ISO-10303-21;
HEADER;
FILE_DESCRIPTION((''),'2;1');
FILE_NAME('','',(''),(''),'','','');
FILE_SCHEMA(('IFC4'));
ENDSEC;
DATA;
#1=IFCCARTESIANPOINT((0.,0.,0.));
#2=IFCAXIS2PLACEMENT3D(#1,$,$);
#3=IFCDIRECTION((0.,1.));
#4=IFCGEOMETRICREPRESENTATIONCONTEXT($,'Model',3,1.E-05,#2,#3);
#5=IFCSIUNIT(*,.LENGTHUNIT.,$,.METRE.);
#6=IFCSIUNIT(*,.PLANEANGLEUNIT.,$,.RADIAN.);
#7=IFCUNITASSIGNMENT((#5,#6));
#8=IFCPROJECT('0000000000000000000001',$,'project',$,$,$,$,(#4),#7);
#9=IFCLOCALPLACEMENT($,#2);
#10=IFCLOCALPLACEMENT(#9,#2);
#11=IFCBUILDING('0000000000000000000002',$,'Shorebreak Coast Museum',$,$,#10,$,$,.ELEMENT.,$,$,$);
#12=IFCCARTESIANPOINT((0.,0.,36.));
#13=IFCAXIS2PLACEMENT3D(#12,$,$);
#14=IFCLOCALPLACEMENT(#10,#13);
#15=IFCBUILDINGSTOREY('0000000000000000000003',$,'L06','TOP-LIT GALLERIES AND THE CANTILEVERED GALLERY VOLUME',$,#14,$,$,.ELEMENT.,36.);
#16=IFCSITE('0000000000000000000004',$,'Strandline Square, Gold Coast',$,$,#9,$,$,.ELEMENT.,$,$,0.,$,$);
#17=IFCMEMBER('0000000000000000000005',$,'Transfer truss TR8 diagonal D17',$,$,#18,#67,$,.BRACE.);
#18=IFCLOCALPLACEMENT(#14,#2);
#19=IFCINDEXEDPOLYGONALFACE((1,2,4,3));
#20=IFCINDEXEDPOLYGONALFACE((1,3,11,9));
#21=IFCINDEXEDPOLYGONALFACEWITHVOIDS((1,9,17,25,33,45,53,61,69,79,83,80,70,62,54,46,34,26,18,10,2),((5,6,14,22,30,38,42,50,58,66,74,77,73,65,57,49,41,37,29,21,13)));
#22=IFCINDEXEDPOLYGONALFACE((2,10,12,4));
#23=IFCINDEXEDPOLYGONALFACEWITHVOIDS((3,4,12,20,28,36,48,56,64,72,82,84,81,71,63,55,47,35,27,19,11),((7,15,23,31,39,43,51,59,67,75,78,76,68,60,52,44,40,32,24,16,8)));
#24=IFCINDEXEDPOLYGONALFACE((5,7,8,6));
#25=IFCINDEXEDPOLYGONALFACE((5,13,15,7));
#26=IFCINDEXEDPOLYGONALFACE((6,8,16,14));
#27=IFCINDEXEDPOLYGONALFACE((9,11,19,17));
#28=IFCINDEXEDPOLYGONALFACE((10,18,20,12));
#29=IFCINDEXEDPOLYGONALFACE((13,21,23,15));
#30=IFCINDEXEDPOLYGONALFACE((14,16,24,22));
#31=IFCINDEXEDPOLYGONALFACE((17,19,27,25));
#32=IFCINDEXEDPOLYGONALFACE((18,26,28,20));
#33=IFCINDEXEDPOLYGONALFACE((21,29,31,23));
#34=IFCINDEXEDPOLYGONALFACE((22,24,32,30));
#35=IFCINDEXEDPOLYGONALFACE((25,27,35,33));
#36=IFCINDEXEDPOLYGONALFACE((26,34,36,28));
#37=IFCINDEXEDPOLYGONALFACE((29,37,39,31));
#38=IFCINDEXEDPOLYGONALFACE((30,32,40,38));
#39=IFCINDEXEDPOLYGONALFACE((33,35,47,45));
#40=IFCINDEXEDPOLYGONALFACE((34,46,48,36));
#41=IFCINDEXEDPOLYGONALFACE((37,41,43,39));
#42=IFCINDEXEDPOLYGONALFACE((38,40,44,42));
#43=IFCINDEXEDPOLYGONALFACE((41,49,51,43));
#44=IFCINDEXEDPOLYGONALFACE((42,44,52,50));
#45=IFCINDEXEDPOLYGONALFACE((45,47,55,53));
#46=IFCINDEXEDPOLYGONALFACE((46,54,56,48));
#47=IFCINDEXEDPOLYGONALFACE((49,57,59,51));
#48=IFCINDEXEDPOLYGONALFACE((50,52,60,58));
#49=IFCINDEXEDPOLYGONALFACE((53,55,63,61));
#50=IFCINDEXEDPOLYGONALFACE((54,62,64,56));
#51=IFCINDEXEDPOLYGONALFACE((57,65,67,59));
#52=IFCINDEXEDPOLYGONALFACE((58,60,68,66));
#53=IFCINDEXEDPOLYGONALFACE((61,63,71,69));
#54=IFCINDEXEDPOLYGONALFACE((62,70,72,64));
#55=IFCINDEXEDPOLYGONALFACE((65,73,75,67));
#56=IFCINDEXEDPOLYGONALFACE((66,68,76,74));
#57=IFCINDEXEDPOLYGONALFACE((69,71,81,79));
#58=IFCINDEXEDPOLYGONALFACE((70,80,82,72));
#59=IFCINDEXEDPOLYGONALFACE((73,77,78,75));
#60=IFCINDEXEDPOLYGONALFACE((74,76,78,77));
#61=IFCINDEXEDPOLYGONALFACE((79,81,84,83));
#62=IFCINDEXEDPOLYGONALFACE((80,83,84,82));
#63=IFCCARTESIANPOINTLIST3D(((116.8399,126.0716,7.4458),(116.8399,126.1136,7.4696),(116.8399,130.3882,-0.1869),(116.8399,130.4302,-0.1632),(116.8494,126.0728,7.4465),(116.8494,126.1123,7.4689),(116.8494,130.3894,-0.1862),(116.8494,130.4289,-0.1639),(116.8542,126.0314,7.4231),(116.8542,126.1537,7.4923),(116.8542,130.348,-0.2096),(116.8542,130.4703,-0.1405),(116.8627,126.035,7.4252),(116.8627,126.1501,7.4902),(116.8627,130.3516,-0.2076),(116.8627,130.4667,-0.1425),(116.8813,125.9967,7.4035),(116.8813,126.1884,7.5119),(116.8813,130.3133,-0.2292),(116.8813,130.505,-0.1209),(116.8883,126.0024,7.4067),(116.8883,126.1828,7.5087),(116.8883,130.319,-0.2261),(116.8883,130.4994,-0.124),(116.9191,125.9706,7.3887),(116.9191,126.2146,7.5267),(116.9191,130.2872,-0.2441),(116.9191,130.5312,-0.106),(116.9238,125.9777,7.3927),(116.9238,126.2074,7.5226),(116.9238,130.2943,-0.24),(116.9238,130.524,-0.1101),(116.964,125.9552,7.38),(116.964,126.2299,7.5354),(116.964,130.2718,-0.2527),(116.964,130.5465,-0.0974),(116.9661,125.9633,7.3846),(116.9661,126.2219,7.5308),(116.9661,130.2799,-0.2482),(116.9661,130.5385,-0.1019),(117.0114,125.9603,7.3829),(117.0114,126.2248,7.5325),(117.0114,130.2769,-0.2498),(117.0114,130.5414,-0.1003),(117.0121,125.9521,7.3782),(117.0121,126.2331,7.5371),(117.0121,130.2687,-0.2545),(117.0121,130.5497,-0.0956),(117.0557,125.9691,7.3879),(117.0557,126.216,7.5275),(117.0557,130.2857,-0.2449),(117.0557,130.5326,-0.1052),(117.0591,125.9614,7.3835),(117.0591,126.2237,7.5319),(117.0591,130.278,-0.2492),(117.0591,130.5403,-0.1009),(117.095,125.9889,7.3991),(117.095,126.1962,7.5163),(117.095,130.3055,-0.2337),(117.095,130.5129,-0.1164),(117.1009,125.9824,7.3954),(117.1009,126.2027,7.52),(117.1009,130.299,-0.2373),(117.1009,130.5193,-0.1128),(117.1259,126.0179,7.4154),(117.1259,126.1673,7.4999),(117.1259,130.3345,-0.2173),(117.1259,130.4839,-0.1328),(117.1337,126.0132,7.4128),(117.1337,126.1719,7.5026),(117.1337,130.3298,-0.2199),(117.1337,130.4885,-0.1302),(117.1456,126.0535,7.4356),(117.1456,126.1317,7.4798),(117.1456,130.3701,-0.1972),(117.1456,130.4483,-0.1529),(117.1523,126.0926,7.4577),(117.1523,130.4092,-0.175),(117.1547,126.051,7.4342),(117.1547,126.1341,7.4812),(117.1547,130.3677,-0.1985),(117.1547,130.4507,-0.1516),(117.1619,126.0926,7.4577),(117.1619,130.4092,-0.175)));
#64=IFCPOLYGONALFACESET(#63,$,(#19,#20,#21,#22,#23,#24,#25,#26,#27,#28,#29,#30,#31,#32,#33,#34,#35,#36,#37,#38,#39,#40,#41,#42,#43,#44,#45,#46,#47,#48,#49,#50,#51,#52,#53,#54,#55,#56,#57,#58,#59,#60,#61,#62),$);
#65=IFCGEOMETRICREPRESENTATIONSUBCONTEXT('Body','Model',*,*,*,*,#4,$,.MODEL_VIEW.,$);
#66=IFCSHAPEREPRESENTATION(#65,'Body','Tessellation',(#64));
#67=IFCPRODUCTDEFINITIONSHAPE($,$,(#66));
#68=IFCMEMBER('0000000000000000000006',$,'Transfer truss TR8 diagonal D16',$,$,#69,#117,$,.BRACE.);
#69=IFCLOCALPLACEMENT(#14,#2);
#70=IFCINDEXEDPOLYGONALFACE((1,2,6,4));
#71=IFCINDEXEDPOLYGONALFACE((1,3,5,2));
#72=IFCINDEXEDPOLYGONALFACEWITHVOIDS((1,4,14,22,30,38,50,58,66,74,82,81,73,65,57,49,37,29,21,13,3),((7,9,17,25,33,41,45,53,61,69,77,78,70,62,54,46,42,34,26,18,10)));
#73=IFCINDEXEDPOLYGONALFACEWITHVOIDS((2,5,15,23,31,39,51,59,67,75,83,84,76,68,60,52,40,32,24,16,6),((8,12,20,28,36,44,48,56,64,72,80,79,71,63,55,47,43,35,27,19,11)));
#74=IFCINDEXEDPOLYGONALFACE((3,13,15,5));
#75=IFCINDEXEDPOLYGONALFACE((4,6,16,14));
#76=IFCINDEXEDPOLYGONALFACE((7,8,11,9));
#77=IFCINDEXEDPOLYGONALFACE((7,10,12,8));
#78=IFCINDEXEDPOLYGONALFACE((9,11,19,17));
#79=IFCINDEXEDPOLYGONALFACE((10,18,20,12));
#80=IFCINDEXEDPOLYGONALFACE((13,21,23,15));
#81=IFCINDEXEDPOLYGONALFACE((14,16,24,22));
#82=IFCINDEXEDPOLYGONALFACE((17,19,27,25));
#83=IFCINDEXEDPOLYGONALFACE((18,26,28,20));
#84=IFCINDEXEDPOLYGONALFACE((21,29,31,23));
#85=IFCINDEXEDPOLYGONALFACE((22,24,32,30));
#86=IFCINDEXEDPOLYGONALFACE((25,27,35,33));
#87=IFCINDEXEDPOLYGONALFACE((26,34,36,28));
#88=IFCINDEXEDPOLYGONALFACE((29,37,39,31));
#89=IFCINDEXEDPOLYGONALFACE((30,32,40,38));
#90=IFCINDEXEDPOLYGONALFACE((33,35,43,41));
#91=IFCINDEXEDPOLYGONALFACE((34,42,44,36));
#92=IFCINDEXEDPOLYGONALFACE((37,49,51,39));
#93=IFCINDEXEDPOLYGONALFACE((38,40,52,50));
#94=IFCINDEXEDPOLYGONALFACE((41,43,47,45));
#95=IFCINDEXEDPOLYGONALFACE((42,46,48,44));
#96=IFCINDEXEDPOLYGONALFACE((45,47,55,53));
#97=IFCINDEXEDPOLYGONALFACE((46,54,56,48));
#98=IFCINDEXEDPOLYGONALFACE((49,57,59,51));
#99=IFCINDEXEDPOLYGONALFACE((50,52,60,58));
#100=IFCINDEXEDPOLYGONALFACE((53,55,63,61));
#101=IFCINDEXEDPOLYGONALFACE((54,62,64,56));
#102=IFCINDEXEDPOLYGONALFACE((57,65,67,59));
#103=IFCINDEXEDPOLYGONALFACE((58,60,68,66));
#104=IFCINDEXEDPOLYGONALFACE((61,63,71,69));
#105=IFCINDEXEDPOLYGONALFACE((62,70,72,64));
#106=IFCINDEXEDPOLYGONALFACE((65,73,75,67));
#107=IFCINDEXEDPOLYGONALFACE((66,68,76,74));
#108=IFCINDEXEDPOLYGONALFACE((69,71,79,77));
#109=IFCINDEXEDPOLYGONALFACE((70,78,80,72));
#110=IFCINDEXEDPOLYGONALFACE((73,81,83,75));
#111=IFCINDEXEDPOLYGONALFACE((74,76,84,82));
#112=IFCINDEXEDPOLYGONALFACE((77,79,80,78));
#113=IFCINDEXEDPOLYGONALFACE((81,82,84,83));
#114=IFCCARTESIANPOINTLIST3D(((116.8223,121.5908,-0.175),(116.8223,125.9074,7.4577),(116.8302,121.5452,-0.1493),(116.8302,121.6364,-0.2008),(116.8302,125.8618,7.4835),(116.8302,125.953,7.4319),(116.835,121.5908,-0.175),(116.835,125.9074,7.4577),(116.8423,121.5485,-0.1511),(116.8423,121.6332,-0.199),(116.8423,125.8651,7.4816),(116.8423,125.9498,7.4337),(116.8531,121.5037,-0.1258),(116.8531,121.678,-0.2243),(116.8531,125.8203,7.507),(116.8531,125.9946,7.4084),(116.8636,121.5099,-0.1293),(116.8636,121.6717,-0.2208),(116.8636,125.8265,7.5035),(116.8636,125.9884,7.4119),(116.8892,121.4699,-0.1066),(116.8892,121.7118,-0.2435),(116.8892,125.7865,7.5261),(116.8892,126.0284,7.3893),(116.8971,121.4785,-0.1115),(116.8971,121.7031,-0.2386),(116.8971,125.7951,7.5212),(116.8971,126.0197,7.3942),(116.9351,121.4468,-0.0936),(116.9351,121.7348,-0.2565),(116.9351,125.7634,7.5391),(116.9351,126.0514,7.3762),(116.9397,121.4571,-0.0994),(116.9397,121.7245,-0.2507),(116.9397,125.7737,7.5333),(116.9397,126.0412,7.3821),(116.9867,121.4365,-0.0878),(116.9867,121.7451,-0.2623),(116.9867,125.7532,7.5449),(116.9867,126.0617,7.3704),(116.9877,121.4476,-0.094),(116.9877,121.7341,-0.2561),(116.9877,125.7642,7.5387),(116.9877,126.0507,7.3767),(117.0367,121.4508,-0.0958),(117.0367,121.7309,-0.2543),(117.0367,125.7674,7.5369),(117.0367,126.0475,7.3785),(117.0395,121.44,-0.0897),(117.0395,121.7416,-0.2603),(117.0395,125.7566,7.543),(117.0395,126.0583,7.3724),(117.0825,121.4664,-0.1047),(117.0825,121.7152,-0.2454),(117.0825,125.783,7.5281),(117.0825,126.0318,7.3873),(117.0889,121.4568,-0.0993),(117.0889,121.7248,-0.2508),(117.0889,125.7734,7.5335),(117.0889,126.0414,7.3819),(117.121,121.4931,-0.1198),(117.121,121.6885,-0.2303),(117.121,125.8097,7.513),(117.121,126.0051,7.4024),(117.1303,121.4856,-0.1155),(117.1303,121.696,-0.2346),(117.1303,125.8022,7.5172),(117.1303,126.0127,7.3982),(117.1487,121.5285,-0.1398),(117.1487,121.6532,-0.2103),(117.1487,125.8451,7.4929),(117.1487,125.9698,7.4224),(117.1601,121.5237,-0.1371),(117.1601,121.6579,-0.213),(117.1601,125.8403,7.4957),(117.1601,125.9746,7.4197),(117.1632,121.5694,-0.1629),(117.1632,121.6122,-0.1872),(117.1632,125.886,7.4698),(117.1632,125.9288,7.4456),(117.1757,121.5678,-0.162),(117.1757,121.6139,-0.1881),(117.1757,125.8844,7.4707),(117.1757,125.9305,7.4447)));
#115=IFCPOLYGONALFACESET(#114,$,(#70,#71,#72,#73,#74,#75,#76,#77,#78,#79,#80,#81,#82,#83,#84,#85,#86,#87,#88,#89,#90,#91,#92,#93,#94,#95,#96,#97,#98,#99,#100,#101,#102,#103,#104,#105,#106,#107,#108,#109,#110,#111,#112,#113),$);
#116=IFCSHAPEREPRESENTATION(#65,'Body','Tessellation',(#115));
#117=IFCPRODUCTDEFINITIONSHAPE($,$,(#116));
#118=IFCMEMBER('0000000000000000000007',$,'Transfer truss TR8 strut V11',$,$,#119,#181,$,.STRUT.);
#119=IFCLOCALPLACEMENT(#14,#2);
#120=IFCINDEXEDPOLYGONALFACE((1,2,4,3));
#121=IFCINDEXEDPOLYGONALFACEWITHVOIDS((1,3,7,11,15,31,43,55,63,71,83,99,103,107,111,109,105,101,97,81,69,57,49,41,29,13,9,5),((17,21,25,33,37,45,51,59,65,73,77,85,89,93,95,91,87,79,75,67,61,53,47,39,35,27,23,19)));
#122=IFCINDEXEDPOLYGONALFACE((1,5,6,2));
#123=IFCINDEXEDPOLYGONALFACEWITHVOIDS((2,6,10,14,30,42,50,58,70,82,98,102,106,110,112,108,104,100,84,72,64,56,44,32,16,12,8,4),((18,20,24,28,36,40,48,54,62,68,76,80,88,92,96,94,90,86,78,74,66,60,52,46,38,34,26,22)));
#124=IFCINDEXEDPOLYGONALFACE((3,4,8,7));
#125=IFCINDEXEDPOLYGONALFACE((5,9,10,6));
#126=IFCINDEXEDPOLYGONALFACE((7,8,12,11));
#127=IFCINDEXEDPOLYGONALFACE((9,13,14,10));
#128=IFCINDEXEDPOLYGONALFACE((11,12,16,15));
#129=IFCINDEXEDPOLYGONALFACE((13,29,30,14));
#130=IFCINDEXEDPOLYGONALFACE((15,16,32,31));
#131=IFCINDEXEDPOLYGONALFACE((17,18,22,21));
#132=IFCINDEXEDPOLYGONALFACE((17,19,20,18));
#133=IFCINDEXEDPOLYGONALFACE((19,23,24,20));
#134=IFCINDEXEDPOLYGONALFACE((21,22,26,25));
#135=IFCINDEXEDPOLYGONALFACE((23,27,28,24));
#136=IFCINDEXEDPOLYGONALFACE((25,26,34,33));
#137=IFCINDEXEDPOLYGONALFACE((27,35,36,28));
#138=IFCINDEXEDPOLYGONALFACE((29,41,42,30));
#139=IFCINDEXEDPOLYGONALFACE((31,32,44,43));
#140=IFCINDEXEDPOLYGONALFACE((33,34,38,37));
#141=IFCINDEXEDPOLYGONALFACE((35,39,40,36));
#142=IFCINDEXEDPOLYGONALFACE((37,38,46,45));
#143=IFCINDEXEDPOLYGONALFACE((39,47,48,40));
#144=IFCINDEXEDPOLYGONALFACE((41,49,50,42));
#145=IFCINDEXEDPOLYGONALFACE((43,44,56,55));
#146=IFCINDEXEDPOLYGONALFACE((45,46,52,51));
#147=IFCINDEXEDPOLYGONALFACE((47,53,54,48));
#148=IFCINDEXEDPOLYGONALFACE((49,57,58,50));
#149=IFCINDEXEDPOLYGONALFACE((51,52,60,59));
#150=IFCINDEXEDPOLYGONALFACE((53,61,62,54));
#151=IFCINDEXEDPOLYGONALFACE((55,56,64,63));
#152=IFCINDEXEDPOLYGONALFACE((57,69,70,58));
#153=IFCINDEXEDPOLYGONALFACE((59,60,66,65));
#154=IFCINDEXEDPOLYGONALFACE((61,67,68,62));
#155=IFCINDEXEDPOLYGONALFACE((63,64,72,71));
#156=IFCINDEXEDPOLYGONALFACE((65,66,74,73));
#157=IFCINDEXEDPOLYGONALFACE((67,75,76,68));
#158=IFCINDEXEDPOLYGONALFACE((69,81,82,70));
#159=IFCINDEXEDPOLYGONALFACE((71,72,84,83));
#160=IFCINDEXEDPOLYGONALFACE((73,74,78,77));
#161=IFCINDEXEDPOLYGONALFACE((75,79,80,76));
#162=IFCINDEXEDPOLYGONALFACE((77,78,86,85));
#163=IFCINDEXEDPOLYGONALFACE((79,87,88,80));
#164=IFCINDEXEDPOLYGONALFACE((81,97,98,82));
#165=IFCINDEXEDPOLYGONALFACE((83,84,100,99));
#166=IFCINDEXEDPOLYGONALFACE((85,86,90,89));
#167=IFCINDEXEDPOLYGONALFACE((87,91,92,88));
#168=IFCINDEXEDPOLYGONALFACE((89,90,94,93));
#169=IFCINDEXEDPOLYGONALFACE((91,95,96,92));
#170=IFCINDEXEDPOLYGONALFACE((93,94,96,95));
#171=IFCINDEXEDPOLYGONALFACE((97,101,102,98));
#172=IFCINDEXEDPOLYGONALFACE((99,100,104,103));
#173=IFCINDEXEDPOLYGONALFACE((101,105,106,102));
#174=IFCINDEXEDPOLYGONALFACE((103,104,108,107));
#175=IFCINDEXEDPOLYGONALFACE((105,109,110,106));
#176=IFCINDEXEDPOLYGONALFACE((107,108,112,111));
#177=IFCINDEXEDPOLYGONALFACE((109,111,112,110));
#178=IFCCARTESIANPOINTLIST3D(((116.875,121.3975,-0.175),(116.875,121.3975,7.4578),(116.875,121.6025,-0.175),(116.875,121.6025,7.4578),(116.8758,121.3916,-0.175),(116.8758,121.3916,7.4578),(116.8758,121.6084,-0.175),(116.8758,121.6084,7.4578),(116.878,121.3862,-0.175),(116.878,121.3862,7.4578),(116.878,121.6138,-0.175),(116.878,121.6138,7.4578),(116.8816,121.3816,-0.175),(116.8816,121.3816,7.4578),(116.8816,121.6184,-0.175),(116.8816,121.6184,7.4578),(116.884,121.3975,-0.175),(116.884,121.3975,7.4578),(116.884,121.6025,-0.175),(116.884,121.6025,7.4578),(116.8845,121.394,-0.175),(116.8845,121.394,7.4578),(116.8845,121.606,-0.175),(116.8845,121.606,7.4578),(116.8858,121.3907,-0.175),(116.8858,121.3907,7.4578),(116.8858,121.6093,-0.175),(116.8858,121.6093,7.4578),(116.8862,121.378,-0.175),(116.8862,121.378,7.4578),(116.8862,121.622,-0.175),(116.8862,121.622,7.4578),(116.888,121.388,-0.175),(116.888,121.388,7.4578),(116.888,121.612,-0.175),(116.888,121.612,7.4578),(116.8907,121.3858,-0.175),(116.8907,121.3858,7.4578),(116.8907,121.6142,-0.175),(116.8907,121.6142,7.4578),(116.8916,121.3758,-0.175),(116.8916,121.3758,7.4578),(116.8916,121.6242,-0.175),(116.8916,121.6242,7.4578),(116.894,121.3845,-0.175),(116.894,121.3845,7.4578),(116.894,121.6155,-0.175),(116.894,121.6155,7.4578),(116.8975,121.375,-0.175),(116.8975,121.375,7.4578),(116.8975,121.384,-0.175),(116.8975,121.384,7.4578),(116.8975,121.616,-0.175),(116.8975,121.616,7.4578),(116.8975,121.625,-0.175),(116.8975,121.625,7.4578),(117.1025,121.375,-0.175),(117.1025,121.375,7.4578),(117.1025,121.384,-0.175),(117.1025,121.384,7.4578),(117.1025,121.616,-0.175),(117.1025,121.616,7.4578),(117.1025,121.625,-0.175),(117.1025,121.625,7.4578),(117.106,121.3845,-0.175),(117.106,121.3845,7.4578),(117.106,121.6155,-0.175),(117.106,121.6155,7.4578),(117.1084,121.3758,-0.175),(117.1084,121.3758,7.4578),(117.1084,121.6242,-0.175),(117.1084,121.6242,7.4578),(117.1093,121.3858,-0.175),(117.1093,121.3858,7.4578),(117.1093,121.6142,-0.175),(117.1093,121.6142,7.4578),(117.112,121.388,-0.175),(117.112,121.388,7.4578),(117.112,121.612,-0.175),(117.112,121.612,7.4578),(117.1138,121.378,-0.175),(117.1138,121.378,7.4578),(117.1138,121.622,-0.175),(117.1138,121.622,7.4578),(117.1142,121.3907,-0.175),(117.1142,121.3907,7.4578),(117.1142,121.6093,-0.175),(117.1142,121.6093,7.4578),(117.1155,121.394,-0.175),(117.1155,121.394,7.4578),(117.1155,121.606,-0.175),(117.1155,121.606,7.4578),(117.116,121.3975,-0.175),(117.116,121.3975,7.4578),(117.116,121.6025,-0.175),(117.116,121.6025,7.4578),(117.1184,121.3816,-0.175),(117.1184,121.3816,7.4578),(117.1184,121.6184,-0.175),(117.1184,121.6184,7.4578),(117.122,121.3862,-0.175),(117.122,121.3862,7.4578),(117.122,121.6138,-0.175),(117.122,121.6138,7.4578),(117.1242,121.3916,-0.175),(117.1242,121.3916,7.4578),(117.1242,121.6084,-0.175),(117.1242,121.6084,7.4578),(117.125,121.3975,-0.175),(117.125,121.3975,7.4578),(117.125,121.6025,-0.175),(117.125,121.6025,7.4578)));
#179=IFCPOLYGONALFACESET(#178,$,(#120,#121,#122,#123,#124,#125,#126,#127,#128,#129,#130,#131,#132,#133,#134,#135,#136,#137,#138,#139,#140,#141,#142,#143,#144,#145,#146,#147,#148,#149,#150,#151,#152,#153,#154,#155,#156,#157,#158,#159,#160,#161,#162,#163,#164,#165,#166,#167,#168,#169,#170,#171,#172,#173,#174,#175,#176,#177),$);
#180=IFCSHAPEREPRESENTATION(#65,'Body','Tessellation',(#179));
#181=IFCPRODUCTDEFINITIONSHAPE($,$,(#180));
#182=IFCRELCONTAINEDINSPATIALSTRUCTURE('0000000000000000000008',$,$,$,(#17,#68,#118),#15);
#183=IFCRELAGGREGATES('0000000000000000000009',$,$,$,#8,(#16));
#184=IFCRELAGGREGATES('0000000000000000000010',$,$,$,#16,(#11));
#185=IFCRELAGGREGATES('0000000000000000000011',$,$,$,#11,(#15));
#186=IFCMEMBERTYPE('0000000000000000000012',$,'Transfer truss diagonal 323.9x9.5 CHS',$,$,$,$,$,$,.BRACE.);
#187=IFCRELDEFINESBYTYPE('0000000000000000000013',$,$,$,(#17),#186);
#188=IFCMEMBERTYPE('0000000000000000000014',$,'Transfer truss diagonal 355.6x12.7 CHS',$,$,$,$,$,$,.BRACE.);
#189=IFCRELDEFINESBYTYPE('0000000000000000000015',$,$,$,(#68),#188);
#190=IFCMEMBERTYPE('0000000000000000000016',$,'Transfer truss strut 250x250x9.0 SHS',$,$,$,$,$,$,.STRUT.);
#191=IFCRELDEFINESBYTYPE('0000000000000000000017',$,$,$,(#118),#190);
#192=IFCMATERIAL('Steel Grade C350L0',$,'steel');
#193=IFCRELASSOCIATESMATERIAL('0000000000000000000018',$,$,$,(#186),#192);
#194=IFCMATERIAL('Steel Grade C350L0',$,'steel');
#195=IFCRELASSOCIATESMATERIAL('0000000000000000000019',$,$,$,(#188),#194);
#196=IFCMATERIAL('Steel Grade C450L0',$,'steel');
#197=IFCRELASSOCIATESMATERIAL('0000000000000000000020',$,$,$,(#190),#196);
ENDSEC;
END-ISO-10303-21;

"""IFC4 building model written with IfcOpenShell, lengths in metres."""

from ifc_helpers import new_model, si_unit, direction, frame, origin, origin_2d, place, context, subcontext, project, spatial, hollow_rectangle, hollow_circle, extrude, material, material_profile, profile_set, type_object, element, save


model = new_model("IFC4")

# Units and contexts
model_context = context("Model", 3, precision=1e-05, world=origin(), true_north=direction((0.0, 1.0)))
body_context = subcontext(model_context, "Body", "Model", "MODEL_VIEW")
ifc_project = project(units=[si_unit("LENGTHUNIT", "METRE"), si_unit("PLANEANGLEUNIT", "RADIAN")], contexts=[model_context])

# Site, building, storey
site_placement = place(None, origin())
site = spatial("IfcSite", under=ifc_project, at=site_placement, Name="Strandline Square, Gold Coast", CompositionType="ELEMENT", RefElevation=0.0)
building_placement = place(site_placement, origin())
building = spatial("IfcBuilding", under=site, at=building_placement, Name="Shorebreak Coast Museum", CompositionType="ELEMENT")
storey_placement = place(building_placement, frame((0.0, 0.0, 36.0)))
storey = spatial("IfcBuildingStorey", under=building, at=storey_placement, Name="L06", Description="TOP-LIT GALLERIES AND THE CANTILEVERED GALLERY VOLUME", CompositionType="ELEMENT", Elevation=36.0)

# Members
ifc_material_1 = material(Name="Steel Grade C350L0", Category="steel")
ifc_material_profile_1 = material_profile(ifc_material_1, hollow_circle(Radius=0.1619, WallThickness=0.0095, at=origin_2d()), Name="323.9x9.5 CHS")
ifc_profile_set_1 = profile_set([ifc_material_profile_1], Name="Steel Grade C350L0")
member_type_1 = type_object("IfcMemberType", Name="Transfer truss diagonal 323.9x9.5 CHS", PredefinedType="BRACE", material=ifc_profile_set_1)
member_1_placement = place(storey_placement, frame((117.0, 130.4092, -0.175), z_axis=(0.0, -0.492269, 0.870443), x_axis=(1.0, 0.0, 0.0)))
element("IfcMember", 1, at=member_1_placement, inside=storey, type_object=member_type_1, Name="Transfer truss TR8 diagonal D17", PredefinedType="BRACE", context=body_context, shape_type="SweptSolid", body=[
    extrude(hollow_circle(Radius=0.1619, WallThickness=0.0095, at=origin_2d()), origin(), (0.0, 0.0, 1.0), 8.7688),
])
ifc_material_2 = material(Name="Steel Grade C350L0", Category="steel")
ifc_material_profile_2 = material_profile(ifc_material_2, hollow_circle(Radius=0.1777, WallThickness=0.0127, at=origin_2d()), Name="355.6x12.7 CHS")
ifc_profile_set_2 = profile_set([ifc_material_profile_2], Name="Steel Grade C350L0")
member_type_2 = type_object("IfcMemberType", Name="Transfer truss diagonal 355.6x12.7 CHS", PredefinedType="BRACE", material=ifc_profile_set_2)
member_2_placement = place(storey_placement, frame((117.0, 121.5908, -0.175), z_axis=(0.0, 0.492269, 0.870443), x_axis=(-1.0, 0.0, 0.0)))
element("IfcMember", 2, at=member_2_placement, inside=storey, type_object=member_type_2, Name="Transfer truss TR8 diagonal D16", PredefinedType="BRACE", context=body_context, shape_type="SweptSolid", body=[
    extrude(hollow_circle(Radius=0.1777, WallThickness=0.0127, at=origin_2d()), origin(), (0.0, 0.0, 1.0), 8.7688),
])
ifc_material_3 = material(Name="Steel Grade C450L0", Category="steel")
ifc_material_profile_3 = material_profile(ifc_material_3, hollow_rectangle(XDim=0.25, YDim=0.25, WallThickness=0.009, InnerFilletRadius=0.0134, OuterFilletRadius=0.0225, at=origin_2d()), Name="250x250x9.0 SHS")
ifc_profile_set_3 = profile_set([ifc_material_profile_3], Name="Steel Grade C450L0")
member_type_3 = type_object("IfcMemberType", Name="Transfer truss strut 250x250x9.0 SHS", PredefinedType="STRUT", material=ifc_profile_set_3)
for number, where, z_axis, x_axis, name in (
    (3, (117.0, 121.5, -0.175), (0.0, 0.0, 1.0), (1.0, 0.0, 0.0), "Transfer truss TR8 strut V11"),
):
    element("IfcMember", number, at=place(storey_placement, frame(where, z_axis=z_axis, x_axis=x_axis)), inside=storey, type_object=member_type_3, Name=name, PredefinedType="STRUT", context=body_context, shape_type="SweptSolid", body=[
        extrude(hollow_rectangle(XDim=0.25, YDim=0.25, WallThickness=0.009, InnerFilletRadius=0.0134, OuterFilletRadius=0.0225, at=origin_2d()), origin(), (0.0, 0.0, 1.0), 7.6328),
    ])

save(model, "model.ifc")
